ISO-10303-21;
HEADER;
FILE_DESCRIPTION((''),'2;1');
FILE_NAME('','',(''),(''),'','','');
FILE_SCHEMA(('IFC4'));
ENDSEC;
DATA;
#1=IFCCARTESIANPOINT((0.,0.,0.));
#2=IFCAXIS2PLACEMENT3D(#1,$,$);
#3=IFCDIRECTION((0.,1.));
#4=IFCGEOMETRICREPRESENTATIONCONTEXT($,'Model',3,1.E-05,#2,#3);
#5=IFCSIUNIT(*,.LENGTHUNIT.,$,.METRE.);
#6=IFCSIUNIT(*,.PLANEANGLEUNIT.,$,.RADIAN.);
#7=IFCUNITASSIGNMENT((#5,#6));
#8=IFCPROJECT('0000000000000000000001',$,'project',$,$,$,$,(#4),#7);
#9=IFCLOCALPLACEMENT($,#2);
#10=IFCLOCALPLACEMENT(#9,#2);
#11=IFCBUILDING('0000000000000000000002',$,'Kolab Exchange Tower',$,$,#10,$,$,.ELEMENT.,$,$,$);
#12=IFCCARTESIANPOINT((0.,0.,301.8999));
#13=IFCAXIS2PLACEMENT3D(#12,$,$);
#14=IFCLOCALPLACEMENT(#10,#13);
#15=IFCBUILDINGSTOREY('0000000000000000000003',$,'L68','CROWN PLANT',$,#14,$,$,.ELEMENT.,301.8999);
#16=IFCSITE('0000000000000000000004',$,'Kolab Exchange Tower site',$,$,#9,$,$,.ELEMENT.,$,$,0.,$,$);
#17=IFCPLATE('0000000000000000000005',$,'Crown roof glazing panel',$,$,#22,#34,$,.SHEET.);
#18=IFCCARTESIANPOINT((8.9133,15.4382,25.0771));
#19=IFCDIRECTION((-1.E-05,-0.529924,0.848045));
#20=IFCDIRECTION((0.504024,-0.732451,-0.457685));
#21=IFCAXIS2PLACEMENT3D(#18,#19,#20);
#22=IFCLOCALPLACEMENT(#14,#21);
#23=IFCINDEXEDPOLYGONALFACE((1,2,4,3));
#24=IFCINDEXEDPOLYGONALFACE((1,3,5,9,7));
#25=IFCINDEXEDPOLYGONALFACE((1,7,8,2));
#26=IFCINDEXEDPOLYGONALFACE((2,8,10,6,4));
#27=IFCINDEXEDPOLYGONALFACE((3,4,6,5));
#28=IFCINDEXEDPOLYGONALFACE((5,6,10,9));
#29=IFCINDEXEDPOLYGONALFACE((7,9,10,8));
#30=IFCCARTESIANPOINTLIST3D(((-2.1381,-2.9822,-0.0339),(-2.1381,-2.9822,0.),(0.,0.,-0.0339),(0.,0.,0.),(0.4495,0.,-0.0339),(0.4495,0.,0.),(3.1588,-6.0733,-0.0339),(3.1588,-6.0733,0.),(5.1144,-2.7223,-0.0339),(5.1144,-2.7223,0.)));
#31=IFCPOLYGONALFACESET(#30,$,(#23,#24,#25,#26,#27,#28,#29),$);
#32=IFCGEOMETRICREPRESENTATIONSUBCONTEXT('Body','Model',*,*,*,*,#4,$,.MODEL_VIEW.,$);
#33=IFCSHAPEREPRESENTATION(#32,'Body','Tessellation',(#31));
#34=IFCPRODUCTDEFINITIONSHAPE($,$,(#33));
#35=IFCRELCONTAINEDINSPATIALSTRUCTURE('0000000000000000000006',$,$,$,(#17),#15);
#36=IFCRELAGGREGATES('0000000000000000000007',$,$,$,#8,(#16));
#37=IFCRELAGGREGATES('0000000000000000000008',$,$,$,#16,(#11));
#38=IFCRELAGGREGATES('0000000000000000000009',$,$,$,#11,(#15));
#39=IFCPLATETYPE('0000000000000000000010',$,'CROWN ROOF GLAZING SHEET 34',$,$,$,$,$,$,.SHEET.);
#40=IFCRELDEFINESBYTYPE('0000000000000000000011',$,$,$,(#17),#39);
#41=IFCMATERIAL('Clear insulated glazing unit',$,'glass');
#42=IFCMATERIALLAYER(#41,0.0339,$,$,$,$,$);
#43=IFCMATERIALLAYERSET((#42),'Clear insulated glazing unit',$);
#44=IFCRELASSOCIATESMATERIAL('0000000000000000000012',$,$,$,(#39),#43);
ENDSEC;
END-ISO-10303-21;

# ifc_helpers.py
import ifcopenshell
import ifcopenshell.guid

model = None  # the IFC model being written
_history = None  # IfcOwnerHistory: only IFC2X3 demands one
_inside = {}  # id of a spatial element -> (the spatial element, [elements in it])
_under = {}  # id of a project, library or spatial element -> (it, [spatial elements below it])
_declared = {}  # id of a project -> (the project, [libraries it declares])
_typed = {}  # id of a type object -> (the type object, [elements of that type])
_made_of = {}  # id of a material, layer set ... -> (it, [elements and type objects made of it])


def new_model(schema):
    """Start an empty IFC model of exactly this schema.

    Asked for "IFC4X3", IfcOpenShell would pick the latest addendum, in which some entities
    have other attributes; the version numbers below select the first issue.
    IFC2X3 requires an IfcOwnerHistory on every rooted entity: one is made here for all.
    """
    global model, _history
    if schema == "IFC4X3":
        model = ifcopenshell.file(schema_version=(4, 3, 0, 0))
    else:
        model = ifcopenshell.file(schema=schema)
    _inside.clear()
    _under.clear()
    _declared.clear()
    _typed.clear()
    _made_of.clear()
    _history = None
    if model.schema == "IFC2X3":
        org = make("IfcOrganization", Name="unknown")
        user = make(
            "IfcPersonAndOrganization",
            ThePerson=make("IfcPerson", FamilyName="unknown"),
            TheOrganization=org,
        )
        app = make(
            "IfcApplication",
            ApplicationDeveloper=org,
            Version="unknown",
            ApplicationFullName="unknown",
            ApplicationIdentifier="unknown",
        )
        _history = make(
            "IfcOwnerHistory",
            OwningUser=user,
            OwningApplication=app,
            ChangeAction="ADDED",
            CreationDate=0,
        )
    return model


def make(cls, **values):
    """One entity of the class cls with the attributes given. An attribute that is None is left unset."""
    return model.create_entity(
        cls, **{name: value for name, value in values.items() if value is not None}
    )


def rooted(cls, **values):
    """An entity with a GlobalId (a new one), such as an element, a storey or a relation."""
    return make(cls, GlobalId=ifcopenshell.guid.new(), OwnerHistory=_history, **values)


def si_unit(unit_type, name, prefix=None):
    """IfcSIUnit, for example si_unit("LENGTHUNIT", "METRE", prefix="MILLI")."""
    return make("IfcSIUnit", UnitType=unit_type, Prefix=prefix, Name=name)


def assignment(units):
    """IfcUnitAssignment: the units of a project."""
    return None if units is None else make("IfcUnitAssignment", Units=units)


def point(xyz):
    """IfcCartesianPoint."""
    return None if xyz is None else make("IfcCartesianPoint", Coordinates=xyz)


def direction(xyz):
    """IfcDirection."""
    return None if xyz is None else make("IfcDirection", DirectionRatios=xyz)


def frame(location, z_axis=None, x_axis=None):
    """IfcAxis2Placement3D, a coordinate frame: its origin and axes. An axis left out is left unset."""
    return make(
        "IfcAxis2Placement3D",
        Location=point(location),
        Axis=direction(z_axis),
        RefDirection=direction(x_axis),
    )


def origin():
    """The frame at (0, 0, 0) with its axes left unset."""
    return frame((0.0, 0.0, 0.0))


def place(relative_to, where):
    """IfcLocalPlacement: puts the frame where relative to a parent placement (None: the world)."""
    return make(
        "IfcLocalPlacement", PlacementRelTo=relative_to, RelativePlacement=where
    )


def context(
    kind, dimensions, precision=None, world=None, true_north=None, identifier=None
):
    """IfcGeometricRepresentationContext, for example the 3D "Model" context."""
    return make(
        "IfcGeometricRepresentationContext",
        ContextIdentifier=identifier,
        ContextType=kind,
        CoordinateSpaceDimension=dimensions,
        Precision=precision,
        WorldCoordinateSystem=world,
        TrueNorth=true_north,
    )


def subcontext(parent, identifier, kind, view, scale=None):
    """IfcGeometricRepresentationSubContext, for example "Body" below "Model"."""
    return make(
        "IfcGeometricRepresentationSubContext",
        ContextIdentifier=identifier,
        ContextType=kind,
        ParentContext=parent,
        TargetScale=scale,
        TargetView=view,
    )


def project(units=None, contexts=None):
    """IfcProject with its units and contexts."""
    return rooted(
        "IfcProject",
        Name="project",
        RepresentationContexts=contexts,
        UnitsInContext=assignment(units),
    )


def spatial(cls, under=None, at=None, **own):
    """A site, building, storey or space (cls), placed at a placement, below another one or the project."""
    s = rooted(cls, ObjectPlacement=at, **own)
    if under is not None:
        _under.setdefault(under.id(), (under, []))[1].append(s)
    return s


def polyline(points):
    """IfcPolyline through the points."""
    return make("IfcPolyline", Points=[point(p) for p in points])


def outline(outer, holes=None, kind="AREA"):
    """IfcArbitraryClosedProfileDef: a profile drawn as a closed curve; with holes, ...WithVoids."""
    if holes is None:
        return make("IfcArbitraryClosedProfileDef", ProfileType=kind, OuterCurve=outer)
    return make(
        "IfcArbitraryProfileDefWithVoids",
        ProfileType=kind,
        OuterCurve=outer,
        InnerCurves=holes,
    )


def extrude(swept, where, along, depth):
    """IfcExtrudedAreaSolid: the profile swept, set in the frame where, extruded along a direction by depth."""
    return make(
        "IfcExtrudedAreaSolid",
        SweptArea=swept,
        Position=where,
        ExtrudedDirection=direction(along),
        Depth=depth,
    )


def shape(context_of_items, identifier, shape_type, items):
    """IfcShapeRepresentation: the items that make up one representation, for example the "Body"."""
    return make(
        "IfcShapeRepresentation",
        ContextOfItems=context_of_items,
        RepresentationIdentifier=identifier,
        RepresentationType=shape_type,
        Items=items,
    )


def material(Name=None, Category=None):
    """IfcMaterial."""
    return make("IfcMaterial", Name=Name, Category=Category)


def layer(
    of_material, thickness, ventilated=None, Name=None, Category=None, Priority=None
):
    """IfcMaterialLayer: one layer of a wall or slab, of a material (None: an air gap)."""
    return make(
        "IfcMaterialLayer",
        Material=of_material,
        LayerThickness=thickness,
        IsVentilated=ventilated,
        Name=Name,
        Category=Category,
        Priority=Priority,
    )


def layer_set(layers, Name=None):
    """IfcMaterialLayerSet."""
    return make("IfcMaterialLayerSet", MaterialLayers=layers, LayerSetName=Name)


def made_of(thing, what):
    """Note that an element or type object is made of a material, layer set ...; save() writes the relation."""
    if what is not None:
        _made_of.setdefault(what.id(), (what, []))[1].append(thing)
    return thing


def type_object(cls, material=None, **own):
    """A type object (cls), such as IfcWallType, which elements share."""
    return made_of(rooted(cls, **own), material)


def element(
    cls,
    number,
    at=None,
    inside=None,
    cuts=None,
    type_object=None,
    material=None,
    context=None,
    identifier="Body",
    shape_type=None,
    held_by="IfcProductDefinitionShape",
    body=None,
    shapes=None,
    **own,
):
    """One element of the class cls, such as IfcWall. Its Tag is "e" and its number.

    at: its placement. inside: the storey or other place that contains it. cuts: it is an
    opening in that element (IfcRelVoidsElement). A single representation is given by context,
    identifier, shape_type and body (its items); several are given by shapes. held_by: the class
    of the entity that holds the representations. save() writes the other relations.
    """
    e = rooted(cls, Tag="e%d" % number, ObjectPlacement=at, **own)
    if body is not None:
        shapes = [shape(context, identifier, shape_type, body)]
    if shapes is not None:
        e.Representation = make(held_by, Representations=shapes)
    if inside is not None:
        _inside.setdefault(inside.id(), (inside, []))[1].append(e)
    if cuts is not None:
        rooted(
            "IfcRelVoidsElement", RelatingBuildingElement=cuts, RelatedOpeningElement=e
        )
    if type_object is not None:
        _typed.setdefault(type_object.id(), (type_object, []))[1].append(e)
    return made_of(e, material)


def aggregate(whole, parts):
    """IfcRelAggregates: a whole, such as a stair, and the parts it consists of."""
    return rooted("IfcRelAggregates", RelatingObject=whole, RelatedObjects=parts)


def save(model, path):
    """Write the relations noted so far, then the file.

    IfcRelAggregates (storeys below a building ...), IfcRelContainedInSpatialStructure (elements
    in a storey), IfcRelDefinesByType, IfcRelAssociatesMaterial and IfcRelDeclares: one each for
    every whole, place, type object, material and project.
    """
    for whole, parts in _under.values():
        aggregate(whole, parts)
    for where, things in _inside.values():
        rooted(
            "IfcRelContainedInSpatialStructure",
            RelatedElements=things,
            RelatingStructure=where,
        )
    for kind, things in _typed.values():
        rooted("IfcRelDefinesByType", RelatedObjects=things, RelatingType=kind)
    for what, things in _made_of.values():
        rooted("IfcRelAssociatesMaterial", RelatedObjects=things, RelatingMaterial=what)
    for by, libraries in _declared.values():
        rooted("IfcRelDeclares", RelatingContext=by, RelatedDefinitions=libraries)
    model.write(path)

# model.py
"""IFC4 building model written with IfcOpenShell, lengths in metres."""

from ifc_helpers import new_model, si_unit, direction, frame, origin, place, context, subcontext, project, spatial, polyline, outline, extrude, material, layer, layer_set, type_object, element, save


model = new_model("IFC4")

# Units and contexts
model_context = context("Model", 3, precision=1e-05, world=origin(), true_north=direction((0.0, 1.0)))
body_context = subcontext(model_context, "Body", "Model", "MODEL_VIEW")
ifc_project = project(units=[si_unit("LENGTHUNIT", "METRE"), si_unit("PLANEANGLEUNIT", "RADIAN")], contexts=[model_context])

# Site, building, storey
site_placement = place(None, origin())
site = spatial("IfcSite", under=ifc_project, at=site_placement, Name="Kolab Exchange Tower site", CompositionType="ELEMENT", RefElevation=0.0)
building_placement = place(site_placement, origin())
building = spatial("IfcBuilding", under=site, at=building_placement, Name="Kolab Exchange Tower", CompositionType="ELEMENT")
storey_placement = place(building_placement, frame((0.0, 0.0, 301.8999)))
storey = spatial("IfcBuildingStorey", under=building, at=storey_placement, Name="L68", Description="CROWN PLANT", CompositionType="ELEMENT", Elevation=301.8999)

# Shared definitions
ifc_material_1 = material(Name="Clear insulated glazing unit", Category="glass")

# Plate
ifc_layer_1 = layer(ifc_material_1, 0.0339)
ifc_layer_set_1 = layer_set([ifc_layer_1], Name="Clear insulated glazing unit")
plate_type_1 = type_object("IfcPlateType", Name="CROWN ROOF GLAZING SHEET 34", PredefinedType="SHEET", material=ifc_layer_set_1)
plate_1_placement = place(storey_placement, frame((8.9133, 15.4382, 25.0771), z_axis=(-0.00001, -0.529924, 0.848045), x_axis=(0.504024, -0.732451, -0.457685)))
element("IfcPlate", 1, at=plate_1_placement, inside=storey, type_object=plate_type_1, Name="Crown roof glazing panel", PredefinedType="SHEET", context=body_context, shape_type="SweptSolid", body=[
    extrude(outline(polyline([(0.0, 0.0), (0.4495, 0.0), (5.1144, -2.7223), (3.1588, -6.0733), (-2.1381, -2.9822), (0.0, 0.0)])), origin(), (0.0, 0.0, -1.0), 0.0339),
])

save(model, "model.ifc")
